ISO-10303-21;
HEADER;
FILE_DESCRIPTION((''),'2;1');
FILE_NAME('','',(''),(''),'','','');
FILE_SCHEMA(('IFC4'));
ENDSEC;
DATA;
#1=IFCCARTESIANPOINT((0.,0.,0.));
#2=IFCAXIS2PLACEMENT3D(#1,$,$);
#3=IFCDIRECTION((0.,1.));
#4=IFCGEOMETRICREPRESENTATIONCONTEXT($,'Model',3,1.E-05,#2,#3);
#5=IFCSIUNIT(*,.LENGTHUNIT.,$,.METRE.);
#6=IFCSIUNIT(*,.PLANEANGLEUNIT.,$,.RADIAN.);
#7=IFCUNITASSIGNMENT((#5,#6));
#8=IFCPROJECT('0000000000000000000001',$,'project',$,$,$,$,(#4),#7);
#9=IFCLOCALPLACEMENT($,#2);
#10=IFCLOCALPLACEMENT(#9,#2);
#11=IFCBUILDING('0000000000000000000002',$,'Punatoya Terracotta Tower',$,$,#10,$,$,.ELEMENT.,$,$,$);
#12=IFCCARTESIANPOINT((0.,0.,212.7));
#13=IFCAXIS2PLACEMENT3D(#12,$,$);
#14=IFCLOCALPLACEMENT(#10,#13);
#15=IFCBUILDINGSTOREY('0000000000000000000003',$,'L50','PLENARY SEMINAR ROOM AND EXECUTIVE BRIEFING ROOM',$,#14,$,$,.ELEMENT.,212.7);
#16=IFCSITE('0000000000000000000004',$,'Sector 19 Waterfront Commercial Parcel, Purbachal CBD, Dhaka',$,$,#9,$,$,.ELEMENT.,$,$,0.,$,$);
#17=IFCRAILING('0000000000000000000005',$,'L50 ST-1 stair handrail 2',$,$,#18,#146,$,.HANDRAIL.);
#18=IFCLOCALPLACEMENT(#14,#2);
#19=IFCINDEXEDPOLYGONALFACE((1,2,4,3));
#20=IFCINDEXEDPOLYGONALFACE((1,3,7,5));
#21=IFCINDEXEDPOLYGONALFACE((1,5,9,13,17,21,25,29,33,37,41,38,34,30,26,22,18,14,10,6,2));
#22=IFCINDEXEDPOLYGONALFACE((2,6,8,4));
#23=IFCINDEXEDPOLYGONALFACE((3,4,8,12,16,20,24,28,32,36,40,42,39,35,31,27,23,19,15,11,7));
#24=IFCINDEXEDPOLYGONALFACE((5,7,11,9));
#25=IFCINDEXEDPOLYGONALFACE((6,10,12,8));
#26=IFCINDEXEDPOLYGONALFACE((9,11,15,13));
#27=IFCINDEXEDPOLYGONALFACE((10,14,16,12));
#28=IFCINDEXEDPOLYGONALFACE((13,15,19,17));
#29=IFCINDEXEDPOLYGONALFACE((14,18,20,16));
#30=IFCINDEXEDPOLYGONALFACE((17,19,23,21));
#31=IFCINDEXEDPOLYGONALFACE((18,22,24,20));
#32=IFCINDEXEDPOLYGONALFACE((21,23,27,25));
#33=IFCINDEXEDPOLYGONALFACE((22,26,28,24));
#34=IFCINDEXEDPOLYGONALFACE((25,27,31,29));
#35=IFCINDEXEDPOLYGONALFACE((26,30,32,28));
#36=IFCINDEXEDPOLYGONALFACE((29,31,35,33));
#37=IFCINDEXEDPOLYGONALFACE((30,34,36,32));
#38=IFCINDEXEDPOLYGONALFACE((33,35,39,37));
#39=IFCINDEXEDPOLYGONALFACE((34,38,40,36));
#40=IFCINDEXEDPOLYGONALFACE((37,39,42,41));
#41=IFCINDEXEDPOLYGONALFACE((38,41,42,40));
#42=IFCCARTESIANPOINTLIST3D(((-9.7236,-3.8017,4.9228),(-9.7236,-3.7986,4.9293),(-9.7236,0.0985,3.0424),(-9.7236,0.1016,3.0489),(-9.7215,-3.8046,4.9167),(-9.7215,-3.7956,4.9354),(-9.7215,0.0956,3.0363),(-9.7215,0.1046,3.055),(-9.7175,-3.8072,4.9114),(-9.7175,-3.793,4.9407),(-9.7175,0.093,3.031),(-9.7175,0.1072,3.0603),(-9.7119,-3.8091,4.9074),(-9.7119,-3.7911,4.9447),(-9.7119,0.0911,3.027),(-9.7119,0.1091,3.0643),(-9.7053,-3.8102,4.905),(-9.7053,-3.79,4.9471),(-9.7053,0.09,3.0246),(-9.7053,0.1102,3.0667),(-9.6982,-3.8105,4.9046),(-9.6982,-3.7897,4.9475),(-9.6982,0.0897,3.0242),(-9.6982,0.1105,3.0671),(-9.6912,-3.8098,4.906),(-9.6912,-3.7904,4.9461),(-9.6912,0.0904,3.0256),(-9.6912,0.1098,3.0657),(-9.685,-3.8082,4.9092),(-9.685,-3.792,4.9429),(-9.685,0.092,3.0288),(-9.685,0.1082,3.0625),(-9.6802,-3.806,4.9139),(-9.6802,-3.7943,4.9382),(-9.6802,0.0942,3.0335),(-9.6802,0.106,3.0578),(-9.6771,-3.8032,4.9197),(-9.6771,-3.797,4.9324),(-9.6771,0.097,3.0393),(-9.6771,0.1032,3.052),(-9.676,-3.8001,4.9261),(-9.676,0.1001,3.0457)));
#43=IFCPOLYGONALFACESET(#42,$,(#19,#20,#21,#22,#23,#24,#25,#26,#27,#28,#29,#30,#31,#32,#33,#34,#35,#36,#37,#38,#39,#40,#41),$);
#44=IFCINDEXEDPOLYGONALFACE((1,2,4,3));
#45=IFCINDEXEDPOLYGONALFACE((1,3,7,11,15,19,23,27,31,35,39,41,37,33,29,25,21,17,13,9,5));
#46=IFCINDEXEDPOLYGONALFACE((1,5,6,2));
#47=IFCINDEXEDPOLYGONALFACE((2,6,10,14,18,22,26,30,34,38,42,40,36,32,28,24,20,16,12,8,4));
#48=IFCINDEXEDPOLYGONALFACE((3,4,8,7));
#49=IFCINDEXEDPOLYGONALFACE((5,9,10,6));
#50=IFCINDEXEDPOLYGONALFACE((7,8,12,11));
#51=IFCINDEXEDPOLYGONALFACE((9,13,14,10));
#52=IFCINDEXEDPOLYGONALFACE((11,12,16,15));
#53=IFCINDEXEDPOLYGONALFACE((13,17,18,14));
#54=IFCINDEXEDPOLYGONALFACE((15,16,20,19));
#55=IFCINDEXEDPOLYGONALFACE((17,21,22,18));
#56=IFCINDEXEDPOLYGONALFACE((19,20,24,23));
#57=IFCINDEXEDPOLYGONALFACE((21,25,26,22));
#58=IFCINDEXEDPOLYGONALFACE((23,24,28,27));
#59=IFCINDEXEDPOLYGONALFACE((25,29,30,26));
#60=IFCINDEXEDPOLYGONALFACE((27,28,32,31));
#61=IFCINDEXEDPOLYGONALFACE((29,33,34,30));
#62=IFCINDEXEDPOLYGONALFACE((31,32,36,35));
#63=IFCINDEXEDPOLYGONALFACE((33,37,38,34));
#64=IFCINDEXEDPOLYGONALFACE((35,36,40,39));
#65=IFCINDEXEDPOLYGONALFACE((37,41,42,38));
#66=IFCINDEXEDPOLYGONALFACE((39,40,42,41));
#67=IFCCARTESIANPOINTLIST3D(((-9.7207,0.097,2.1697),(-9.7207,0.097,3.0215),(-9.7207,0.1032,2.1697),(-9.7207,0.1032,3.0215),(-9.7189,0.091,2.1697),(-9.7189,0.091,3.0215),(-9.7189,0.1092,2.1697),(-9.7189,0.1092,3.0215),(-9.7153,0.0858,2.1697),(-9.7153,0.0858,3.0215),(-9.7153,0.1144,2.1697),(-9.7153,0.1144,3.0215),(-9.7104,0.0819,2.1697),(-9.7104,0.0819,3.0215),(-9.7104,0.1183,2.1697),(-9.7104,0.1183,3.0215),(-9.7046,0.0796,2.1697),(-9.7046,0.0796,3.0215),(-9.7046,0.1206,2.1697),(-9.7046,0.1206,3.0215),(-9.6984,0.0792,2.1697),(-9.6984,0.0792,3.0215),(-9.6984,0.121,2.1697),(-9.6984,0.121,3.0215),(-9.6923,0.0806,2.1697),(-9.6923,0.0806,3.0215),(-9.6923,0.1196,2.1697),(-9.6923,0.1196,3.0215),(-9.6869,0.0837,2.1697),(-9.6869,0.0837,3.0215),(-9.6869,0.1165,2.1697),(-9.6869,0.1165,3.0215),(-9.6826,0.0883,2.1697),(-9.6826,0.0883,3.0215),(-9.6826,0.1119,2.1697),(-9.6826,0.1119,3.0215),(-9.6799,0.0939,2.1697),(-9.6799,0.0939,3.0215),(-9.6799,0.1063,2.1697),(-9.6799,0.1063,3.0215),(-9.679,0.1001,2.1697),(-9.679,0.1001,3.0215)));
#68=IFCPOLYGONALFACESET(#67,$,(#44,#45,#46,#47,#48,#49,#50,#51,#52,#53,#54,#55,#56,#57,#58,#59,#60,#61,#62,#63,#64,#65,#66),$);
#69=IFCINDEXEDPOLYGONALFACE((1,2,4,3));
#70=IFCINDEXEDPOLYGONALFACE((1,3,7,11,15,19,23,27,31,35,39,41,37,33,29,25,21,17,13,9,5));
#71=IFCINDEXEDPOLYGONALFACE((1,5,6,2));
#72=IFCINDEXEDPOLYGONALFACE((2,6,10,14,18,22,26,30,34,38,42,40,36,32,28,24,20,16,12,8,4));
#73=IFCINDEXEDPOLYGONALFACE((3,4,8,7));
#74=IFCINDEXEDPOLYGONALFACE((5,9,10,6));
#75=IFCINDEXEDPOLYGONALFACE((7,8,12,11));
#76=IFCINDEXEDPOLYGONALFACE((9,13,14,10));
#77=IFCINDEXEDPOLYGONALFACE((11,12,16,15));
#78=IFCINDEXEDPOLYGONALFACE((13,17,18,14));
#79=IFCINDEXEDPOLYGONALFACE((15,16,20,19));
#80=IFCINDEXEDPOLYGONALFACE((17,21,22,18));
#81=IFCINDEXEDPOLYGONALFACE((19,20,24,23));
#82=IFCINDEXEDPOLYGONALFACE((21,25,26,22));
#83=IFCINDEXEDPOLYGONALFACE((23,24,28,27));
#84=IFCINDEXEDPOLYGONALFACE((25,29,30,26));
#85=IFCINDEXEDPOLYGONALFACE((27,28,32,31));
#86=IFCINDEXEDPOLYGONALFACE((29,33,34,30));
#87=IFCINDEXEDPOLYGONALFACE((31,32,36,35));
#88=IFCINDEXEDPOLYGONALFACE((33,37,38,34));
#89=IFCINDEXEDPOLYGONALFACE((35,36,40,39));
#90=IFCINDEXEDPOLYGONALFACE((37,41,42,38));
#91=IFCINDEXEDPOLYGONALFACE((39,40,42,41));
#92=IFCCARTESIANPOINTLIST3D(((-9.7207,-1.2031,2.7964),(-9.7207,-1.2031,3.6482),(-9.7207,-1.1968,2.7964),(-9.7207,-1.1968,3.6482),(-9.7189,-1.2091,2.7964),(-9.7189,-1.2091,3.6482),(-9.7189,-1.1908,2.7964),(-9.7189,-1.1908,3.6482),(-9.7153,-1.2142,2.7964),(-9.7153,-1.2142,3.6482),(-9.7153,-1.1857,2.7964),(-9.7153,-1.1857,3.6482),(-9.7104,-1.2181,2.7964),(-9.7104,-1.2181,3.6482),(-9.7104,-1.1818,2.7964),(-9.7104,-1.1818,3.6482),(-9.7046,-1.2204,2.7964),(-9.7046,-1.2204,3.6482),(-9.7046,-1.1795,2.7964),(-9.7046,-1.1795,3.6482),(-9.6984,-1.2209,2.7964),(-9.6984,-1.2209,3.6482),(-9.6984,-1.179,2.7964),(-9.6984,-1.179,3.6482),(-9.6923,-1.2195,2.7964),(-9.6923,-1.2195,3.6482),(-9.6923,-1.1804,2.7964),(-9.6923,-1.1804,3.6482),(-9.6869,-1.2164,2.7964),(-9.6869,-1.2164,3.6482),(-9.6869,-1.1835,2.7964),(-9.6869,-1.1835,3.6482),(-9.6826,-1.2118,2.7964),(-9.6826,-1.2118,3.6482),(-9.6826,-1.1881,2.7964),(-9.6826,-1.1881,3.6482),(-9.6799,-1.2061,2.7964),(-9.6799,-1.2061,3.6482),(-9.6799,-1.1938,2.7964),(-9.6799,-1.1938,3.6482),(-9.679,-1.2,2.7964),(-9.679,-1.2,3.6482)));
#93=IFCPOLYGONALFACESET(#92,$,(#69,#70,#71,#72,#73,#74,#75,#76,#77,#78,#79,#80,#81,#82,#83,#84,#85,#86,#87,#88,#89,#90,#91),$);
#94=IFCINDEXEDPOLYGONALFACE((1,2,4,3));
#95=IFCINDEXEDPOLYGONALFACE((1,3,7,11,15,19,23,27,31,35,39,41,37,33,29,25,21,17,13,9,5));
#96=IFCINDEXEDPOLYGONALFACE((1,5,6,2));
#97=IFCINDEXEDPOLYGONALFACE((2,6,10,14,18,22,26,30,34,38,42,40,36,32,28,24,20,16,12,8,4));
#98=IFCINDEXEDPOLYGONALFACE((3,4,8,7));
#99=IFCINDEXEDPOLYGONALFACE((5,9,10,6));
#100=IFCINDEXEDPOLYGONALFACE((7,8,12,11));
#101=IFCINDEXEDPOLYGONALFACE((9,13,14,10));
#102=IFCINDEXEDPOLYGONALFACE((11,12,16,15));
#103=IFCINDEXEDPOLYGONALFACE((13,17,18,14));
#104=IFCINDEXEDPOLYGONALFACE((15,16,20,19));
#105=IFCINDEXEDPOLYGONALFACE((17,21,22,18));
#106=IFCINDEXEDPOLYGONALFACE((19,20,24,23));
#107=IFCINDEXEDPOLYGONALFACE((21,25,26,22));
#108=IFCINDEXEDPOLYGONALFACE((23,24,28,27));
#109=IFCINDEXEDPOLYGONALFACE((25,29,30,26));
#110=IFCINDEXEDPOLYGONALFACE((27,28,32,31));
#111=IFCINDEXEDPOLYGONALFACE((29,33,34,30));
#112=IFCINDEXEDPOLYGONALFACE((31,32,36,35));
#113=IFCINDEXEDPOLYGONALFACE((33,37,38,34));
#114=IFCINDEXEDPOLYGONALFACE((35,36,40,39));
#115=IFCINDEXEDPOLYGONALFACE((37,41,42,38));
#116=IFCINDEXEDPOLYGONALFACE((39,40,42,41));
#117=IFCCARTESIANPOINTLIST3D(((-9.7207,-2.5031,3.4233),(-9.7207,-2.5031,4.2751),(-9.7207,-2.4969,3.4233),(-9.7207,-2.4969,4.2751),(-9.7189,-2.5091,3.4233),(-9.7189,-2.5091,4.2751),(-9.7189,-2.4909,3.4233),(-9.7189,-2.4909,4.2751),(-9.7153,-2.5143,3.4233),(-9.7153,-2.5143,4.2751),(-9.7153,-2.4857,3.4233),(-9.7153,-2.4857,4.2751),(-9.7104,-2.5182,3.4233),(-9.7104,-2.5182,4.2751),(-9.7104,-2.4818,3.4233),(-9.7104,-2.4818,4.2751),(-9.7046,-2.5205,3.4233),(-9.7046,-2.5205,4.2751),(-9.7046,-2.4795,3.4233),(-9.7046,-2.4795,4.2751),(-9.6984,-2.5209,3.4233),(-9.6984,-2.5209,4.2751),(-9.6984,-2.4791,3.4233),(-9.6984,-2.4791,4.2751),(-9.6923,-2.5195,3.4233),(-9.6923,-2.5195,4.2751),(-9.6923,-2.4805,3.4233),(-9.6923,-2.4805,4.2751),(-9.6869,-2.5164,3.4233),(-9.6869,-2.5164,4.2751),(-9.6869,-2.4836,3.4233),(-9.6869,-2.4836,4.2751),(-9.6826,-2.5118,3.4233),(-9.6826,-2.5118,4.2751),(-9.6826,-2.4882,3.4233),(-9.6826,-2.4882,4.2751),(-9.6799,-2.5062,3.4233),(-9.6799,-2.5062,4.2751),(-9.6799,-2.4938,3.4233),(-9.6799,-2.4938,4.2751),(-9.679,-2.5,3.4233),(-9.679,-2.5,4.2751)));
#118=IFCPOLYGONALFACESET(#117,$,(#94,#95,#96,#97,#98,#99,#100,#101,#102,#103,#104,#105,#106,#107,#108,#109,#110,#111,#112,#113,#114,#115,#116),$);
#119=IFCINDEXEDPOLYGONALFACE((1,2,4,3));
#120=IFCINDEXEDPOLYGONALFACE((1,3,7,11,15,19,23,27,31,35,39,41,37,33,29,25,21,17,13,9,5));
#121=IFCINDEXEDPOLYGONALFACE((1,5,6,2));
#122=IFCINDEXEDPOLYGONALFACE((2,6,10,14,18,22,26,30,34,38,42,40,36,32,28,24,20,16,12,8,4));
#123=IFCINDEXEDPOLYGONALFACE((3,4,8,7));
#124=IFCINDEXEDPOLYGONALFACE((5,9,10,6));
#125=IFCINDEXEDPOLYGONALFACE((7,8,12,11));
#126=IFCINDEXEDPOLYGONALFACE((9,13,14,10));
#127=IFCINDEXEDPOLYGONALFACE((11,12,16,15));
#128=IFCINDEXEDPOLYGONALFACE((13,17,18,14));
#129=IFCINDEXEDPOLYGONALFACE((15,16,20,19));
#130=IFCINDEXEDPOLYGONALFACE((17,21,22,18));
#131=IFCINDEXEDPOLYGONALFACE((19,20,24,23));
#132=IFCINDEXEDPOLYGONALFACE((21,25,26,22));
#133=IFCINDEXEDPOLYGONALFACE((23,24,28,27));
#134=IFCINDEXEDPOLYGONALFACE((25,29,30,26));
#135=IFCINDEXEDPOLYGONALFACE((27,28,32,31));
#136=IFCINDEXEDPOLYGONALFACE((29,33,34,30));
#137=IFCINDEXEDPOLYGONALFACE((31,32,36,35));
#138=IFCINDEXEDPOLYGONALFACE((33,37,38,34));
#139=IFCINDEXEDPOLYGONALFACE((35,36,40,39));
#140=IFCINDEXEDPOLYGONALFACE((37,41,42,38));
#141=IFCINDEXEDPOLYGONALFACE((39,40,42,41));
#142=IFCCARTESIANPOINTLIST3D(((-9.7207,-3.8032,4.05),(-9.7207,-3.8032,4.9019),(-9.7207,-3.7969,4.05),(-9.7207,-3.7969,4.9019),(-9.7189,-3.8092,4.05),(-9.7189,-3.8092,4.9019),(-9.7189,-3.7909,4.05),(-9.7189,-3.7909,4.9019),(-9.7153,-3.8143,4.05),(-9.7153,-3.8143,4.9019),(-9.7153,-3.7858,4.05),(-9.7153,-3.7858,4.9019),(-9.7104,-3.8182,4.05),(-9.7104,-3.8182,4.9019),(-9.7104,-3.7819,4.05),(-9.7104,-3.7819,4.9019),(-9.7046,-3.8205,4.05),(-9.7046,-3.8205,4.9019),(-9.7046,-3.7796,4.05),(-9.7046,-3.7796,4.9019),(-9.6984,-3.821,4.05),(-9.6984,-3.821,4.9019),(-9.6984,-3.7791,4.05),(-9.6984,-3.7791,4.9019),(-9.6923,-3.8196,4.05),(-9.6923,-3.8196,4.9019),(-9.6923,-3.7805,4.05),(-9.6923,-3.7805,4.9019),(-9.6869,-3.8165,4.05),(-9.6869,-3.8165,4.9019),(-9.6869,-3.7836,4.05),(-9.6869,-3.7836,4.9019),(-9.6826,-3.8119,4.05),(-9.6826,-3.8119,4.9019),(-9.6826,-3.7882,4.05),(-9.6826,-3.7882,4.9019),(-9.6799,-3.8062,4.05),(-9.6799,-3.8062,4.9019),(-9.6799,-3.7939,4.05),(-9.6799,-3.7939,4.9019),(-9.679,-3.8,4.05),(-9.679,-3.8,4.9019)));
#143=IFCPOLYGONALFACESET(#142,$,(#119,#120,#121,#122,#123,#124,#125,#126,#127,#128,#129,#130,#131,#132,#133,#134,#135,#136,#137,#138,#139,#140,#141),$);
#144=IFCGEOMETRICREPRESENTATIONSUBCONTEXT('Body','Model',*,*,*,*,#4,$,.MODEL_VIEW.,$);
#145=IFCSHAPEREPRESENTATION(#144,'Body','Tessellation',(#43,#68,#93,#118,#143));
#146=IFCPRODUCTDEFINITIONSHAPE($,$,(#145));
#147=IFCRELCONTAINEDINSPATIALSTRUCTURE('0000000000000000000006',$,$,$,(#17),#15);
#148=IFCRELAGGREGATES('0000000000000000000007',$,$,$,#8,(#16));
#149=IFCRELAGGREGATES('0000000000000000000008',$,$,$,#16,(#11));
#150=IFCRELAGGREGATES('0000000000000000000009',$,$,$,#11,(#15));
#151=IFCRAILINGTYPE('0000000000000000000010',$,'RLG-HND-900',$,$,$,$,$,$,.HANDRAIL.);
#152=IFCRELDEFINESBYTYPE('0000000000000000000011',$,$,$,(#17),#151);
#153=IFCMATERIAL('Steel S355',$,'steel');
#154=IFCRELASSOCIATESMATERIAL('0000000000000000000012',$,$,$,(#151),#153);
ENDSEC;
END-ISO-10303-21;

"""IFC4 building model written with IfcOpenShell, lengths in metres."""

from ifc_helpers import new_model, si_unit, direction, frame, origin, origin_2d, place, context, subcontext, project, spatial, circle, extrude, material, type_object, element, save


model = new_model("IFC4")

# Units and contexts
model_context = context("Model", 3, precision=1e-05, world=origin(), true_north=direction((0.0, 1.0)))
body_context = subcontext(model_context, "Body", "Model", "MODEL_VIEW")
ifc_project = project(units=[si_unit("LENGTHUNIT", "METRE"), si_unit("PLANEANGLEUNIT", "RADIAN")], contexts=[model_context])

# Site, building, storey
site_placement = place(None, origin())
site = spatial("IfcSite", under=ifc_project, at=site_placement, Name="Sector 19 Waterfront Commercial Parcel, Purbachal CBD, Dhaka", CompositionType="ELEMENT", RefElevation=0.0)
building_placement = place(site_placement, origin())
building = spatial("IfcBuilding", under=site, at=building_placement, Name="Punatoya Terracotta Tower", CompositionType="ELEMENT")
storey_placement = place(building_placement, frame((0.0, 0.0, 212.7)))
storey = spatial("IfcBuildingStorey", under=building, at=storey_placement, Name="L50", Description="PLENARY SEMINAR ROOM AND EXECUTIVE BRIEFING ROOM", CompositionType="ELEMENT", Elevation=212.7)

# Shared definitions
ifc_material_1 = material(Name="Steel S355", Category="steel")

# Railing
railing_type_1 = type_object("IfcRailingType", Name="RLG-HND-900", PredefinedType="HANDRAIL", material=ifc_material_1)
railing_1_placement = place(storey_placement, frame((-9.7, 0.1001, 2.1697)))
element("IfcRailing", 1, at=railing_1_placement, inside=storey, type_object=railing_type_1, Name="L50 ST-1 stair handrail 2", PredefinedType="HANDRAIL", context=body_context, shape_type="SweptSolid", body=[
    extrude(circle(Radius=0.0239, at=origin_2d()), frame((0.0, 0.0, 0.876), z_axis=(0.0, -0.900774, 0.434289), x_axis=(1.0, 0.0, 0.0)), (0.0, 0.0, 1.0), 4.3298),
    extrude(circle(Radius=0.021, at=origin_2d()), origin(), (0.0, 0.0, 1.0), 0.8518),
    extrude(circle(Radius=0.021, at=origin_2d()), frame((0.0, -1.3, 0.6267)), (0.0, 0.0, 1.0), 0.8518),
    extrude(circle(Radius=0.021, at=origin_2d()), frame((0.0, -2.6001, 1.2537)), (0.0, 0.0, 1.0), 0.8518),
    extrude(circle(Radius=0.021, at=origin_2d()), frame((0.0, -3.9001, 1.8804)), (0.0, 0.0, 1.0), 0.8518),
])

save(model, "model.ifc")
